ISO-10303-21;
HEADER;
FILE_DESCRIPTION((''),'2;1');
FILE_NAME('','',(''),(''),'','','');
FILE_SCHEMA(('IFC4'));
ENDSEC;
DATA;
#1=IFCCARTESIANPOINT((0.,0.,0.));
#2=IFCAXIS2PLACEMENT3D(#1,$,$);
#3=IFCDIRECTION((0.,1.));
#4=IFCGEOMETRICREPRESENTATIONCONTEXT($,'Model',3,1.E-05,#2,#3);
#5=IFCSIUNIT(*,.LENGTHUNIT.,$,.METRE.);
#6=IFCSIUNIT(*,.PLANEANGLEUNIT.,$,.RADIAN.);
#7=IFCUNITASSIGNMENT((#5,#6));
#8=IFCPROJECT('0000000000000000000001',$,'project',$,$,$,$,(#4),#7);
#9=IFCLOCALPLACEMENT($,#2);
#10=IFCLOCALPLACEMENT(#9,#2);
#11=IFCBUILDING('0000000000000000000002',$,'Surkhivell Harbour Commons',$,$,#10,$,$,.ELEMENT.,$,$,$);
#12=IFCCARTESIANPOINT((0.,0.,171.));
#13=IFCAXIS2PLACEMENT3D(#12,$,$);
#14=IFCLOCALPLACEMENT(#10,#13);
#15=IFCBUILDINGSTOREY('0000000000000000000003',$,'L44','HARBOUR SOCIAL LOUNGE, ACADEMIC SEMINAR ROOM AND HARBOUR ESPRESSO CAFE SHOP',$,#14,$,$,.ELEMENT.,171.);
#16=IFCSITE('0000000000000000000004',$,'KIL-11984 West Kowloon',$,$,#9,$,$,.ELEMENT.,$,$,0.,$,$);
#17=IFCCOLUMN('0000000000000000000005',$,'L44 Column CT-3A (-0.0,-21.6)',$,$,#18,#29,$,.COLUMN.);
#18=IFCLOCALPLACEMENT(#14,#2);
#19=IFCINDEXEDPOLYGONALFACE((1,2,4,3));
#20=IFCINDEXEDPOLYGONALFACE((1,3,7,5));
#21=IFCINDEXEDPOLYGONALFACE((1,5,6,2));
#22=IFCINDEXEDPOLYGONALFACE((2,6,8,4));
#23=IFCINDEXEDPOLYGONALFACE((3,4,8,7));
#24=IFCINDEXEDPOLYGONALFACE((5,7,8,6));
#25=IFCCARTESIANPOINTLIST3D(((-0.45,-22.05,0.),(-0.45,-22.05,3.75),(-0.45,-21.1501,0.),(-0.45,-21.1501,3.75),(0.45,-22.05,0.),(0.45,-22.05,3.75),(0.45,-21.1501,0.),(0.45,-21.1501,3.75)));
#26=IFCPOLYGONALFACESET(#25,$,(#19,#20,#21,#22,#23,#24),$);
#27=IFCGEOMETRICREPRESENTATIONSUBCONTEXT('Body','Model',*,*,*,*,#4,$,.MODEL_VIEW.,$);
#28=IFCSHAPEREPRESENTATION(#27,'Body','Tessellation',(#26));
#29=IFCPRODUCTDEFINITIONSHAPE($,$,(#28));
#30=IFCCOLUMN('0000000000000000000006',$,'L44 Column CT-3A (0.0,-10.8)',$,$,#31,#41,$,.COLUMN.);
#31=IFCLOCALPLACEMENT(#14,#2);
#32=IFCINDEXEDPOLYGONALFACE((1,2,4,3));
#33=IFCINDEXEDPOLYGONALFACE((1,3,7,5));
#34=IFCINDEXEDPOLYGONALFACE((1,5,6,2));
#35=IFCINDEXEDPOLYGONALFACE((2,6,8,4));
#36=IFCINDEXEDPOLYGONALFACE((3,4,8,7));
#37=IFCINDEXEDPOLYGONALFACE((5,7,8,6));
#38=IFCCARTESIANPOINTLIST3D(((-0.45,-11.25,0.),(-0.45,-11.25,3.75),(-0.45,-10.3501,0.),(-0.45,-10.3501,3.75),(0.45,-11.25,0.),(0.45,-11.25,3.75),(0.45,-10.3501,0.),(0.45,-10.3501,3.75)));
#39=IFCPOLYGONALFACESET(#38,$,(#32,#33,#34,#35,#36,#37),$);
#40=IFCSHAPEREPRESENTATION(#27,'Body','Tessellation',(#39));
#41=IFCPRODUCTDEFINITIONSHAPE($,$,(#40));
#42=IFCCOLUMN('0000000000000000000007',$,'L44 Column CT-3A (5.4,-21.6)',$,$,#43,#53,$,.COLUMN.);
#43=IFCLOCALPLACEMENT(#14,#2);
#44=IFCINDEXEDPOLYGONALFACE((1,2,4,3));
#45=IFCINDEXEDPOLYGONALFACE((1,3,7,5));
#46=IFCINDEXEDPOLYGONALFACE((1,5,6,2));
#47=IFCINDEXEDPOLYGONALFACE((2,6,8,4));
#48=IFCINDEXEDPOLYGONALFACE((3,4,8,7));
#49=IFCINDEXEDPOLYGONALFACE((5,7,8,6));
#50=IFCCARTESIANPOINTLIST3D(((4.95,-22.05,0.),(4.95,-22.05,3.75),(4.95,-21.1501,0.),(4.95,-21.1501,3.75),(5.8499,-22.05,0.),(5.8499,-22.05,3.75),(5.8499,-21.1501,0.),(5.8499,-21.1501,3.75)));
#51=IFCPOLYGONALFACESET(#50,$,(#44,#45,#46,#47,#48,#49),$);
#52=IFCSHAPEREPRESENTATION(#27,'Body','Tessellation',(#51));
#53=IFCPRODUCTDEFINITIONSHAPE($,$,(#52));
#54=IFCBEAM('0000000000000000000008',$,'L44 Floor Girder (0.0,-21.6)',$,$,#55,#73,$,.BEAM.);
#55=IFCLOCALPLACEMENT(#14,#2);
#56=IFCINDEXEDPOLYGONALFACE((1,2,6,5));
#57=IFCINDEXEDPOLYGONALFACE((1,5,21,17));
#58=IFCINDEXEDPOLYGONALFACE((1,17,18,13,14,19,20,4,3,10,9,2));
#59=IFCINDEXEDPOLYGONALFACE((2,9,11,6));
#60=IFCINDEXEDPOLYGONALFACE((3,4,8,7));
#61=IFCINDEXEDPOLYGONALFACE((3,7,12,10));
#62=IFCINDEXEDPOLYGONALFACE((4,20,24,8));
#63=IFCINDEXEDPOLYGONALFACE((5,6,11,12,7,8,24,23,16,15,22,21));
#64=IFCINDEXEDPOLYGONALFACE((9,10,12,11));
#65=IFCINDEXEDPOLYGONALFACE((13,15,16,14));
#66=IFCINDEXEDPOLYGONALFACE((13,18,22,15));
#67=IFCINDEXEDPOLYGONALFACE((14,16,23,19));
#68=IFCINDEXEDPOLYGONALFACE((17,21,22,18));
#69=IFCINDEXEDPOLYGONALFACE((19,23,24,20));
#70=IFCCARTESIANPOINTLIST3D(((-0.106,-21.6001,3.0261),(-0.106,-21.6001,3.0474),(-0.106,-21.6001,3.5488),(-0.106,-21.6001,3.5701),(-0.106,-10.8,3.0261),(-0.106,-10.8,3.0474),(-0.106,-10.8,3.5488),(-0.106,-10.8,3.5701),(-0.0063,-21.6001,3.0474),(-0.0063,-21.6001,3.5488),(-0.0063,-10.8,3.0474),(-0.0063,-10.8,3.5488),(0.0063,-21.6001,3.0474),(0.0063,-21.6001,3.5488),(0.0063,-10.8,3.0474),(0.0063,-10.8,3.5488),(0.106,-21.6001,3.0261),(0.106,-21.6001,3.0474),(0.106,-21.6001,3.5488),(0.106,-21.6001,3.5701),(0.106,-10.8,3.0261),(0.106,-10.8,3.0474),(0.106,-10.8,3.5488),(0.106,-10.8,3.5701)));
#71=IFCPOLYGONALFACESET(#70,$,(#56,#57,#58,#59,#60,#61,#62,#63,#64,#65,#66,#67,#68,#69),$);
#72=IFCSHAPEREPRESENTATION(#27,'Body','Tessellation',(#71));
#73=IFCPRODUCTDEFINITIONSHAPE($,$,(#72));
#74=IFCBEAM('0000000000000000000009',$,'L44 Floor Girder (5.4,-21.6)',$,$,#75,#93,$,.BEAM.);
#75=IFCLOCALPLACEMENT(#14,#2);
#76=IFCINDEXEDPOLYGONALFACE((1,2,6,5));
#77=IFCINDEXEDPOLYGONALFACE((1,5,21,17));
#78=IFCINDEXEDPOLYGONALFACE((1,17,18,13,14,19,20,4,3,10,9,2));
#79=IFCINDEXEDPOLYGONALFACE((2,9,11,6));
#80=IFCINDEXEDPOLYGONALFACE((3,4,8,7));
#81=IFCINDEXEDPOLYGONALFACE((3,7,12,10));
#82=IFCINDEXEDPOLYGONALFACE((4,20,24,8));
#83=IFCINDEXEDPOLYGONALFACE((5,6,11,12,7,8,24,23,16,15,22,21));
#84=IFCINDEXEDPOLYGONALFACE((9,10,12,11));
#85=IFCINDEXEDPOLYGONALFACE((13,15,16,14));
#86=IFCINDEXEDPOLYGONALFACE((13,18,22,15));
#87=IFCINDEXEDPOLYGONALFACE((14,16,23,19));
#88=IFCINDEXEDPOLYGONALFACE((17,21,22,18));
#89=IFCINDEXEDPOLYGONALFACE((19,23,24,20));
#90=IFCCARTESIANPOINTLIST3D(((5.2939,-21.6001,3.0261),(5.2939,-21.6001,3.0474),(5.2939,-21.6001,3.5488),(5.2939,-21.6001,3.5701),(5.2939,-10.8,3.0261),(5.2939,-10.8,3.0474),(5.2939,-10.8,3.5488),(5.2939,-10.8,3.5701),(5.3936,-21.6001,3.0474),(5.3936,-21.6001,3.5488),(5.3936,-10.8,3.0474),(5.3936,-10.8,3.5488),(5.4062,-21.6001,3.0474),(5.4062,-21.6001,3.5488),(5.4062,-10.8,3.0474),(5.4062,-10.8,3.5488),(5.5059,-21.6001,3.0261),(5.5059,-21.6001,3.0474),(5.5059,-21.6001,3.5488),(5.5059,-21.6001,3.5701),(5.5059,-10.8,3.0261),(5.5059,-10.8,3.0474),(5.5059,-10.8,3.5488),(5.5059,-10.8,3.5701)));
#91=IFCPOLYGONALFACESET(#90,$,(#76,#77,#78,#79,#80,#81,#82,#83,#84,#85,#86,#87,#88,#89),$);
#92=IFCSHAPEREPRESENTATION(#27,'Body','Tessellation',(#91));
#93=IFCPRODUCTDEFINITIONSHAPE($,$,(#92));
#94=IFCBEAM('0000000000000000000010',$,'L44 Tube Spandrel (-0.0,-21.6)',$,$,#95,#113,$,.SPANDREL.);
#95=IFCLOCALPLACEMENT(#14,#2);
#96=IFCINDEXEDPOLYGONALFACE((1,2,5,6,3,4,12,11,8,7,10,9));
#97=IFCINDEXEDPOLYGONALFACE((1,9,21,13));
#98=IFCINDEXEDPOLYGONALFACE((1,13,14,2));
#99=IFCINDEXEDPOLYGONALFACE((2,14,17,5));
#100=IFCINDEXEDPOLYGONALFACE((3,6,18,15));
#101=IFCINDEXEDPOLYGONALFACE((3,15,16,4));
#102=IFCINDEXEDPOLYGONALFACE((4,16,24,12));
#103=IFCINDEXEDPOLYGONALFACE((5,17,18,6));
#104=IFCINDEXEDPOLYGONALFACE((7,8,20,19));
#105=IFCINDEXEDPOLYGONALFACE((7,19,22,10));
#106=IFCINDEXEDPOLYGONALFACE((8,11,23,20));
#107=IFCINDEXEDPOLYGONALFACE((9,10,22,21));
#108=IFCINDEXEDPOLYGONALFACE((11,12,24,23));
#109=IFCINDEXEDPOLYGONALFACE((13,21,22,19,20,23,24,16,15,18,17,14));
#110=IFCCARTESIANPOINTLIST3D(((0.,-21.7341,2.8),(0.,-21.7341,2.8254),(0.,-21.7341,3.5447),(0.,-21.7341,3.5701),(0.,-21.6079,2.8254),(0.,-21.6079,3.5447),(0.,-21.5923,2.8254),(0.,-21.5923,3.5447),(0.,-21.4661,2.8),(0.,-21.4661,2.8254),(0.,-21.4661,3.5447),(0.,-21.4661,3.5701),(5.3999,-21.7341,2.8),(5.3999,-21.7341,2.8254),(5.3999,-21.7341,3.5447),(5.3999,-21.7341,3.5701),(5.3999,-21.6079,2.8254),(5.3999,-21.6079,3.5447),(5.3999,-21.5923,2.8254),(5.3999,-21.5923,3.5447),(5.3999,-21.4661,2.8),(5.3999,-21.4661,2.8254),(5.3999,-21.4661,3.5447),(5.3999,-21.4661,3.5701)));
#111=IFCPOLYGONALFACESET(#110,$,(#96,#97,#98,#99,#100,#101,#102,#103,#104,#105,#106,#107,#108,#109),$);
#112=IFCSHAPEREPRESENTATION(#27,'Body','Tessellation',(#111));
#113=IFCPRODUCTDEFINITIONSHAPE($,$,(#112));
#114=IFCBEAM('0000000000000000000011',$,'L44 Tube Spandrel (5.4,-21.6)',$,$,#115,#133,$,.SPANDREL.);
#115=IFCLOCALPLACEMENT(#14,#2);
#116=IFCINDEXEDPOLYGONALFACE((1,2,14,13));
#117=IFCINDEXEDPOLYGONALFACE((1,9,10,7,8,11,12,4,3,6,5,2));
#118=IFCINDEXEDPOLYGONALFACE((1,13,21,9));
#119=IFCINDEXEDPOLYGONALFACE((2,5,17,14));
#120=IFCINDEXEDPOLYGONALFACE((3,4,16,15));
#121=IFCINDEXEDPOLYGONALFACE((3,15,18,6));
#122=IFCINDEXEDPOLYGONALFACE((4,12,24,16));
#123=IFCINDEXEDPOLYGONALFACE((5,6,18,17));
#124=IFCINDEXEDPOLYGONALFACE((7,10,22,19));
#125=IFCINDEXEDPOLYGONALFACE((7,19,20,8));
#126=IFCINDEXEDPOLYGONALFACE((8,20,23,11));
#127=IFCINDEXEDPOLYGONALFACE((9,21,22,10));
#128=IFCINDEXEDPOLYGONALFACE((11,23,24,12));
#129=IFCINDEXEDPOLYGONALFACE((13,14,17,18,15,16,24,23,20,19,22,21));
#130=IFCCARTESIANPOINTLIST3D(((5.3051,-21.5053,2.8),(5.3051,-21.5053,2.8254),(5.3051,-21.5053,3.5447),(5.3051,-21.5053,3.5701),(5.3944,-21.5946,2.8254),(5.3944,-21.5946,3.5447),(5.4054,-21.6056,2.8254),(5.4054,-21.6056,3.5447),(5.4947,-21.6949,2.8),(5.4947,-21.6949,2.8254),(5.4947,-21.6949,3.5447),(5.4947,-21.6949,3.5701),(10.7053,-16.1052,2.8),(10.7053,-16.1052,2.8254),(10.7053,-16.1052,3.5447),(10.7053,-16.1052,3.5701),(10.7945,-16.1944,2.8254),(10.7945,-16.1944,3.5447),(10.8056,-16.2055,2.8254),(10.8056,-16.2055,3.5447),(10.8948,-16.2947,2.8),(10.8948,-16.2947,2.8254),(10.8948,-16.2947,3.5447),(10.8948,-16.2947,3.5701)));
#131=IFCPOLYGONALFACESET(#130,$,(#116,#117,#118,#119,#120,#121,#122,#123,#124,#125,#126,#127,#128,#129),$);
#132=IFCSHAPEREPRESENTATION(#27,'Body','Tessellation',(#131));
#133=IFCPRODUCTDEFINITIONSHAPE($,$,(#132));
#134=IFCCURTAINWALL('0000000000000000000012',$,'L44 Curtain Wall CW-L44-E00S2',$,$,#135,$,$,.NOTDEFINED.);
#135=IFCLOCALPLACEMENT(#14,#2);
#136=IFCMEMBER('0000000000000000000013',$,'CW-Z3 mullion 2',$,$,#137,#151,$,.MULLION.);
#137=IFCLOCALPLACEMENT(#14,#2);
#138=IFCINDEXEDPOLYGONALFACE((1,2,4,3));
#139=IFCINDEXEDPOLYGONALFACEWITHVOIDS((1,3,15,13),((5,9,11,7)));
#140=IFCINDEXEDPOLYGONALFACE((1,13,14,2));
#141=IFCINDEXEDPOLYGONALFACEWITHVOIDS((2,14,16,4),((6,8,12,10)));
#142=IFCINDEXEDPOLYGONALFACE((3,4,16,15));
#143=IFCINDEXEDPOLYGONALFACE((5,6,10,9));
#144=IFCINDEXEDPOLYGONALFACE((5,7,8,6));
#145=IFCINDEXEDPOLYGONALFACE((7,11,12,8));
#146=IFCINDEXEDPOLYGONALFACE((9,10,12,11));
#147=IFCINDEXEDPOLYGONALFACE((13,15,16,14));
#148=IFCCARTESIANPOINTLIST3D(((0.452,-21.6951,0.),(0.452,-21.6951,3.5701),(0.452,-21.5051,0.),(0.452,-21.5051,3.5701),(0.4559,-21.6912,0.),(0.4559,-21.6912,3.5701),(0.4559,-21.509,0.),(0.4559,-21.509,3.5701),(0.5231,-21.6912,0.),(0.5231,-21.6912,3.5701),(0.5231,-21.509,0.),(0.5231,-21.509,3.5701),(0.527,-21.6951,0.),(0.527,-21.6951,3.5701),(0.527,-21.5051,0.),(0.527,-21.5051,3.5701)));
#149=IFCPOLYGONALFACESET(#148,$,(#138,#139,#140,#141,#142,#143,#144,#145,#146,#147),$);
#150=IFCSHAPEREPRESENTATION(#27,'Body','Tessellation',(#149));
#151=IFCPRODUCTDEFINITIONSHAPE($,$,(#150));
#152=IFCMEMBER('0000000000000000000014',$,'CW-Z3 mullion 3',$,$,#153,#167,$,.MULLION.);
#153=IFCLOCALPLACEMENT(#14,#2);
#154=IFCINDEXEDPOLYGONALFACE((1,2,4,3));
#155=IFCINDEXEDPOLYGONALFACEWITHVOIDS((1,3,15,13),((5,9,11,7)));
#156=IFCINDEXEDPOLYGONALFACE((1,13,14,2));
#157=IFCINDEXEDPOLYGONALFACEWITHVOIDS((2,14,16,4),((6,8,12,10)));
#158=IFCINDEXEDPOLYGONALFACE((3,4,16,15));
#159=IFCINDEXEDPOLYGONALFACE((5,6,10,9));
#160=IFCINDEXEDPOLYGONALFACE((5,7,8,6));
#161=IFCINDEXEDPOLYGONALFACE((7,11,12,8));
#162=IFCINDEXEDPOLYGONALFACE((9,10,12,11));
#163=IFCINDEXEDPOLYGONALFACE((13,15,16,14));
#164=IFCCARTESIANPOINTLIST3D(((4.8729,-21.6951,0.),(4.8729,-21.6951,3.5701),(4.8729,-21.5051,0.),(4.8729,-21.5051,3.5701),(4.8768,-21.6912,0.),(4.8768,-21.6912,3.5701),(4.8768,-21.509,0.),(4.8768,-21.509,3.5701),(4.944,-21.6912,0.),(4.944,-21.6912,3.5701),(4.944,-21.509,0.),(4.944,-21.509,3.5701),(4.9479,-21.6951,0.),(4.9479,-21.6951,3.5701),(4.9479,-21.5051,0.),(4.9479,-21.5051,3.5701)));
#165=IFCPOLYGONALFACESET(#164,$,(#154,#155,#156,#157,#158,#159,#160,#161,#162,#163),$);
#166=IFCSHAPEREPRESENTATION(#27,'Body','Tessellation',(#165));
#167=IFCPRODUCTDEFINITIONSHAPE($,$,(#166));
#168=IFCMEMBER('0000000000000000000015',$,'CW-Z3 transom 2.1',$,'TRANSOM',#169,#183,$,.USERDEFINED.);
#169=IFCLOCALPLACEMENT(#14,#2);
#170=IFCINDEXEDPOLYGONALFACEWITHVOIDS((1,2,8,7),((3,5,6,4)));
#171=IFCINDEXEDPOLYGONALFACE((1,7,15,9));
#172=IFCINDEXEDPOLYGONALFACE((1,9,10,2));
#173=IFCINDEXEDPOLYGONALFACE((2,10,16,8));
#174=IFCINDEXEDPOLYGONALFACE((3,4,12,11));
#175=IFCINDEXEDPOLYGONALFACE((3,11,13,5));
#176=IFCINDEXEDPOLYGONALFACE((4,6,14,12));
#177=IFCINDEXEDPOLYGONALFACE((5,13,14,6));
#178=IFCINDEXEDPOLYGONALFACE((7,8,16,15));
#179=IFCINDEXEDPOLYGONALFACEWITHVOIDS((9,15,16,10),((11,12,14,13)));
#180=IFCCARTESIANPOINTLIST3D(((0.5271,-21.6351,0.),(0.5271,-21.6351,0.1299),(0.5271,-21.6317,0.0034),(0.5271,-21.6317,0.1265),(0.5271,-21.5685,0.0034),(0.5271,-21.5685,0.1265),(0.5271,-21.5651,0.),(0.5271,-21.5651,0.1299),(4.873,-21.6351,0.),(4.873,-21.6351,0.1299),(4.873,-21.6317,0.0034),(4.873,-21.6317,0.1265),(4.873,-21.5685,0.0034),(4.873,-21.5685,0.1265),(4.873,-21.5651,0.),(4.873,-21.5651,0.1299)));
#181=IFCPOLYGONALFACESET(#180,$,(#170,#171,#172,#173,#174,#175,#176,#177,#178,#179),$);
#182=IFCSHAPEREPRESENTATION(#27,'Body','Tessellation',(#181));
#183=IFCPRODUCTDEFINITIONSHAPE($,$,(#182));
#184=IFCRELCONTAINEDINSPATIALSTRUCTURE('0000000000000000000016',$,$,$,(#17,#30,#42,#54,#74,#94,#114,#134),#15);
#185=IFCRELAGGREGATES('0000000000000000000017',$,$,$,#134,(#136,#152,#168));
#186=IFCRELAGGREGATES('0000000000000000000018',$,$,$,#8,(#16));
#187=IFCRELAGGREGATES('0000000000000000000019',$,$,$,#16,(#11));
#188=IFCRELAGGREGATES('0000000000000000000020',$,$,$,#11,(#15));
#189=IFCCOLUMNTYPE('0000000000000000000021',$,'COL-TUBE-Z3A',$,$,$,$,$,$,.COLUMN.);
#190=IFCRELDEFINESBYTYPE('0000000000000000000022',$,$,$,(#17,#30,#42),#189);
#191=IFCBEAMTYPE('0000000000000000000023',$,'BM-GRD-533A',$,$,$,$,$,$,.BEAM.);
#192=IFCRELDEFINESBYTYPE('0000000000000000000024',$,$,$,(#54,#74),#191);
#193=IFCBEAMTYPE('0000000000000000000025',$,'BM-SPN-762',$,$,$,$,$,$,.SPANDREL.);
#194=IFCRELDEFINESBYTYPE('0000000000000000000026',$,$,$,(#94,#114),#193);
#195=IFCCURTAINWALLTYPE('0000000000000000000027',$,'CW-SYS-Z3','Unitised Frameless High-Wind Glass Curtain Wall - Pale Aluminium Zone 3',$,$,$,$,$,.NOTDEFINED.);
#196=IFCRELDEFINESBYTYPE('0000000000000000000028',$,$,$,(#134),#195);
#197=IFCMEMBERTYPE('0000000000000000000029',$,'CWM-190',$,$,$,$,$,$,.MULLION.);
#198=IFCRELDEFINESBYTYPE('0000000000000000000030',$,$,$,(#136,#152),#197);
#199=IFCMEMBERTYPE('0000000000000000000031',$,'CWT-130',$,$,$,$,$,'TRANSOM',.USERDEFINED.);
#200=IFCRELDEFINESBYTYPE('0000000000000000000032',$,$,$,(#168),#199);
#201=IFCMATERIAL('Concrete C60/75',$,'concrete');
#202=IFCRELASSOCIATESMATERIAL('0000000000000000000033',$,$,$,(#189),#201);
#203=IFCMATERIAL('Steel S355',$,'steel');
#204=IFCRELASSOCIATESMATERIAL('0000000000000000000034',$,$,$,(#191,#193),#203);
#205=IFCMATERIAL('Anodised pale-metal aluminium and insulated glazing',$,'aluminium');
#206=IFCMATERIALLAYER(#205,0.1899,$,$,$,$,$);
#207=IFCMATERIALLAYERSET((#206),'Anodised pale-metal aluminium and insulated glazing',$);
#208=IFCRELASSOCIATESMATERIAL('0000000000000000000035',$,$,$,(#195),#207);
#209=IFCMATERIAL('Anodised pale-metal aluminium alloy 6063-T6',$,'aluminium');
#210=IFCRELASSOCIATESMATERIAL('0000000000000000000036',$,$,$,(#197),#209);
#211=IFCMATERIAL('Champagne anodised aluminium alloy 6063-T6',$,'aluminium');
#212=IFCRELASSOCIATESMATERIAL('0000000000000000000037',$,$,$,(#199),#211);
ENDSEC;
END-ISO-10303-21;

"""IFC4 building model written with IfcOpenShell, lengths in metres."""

from ifc_helpers import new_model, si_unit, direction, frame, origin, origin_2d, place, context, subcontext, project, spatial, rectangle, hollow_rectangle, i_section, extrude, material, layer, layer_set, material_profile, profile_set, type_object, element, aggregate, save


model = new_model("IFC4")

# Units and contexts
model_context = context("Model", 3, precision=1e-05, world=origin(), true_north=direction((0.0, 1.0)))
body_context = subcontext(model_context, "Body", "Model", "MODEL_VIEW")
ifc_project = project(units=[si_unit("LENGTHUNIT", "METRE"), si_unit("PLANEANGLEUNIT", "RADIAN")], contexts=[model_context])

# Site, building, storey
site_placement = place(None, origin())
site = spatial("IfcSite", under=ifc_project, at=site_placement, Name="KIL-11984 West Kowloon", CompositionType="ELEMENT", RefElevation=0.0)
building_placement = place(site_placement, origin())
building = spatial("IfcBuilding", under=site, at=building_placement, Name="Surkhivell Harbour Commons", CompositionType="ELEMENT")
storey_placement = place(building_placement, frame((0.0, 0.0, 171.0)))
storey = spatial("IfcBuildingStorey", under=building, at=storey_placement, Name="L44", Description="HARBOUR SOCIAL LOUNGE, ACADEMIC SEMINAR ROOM AND HARBOUR ESPRESSO CAFE SHOP", CompositionType="ELEMENT", Elevation=171.0)

# Columns
ifc_material_1 = material(Name="Concrete C60/75", Category="concrete")
ifc_material_profile_1 = material_profile(ifc_material_1, rectangle(XDim=0.8999, YDim=0.8999, at=origin_2d()), Name="RC-COL-900x900")
ifc_profile_set_1 = profile_set([ifc_material_profile_1], Name="Concrete C60/75")
column_type = type_object("IfcColumnType", Name="COL-TUBE-Z3A", PredefinedType="COLUMN", material=ifc_profile_set_1)
for number, where, z_axis, x_axis, name in (
    (1, (0.0, -21.6001, 0.0), (0.0, 0.0, 1.0), (1.0, 0.0, 0.0), "L44 Column CT-3A (-0.0,-21.6)"),
    (2, (0.0, -10.8, 0.0), (0.0, 0.0, 1.0), (1.0, 0.0, 0.0), "L44 Column CT-3A (0.0,-10.8)"),
    (3, (5.3999, -21.6001, 0.0), (0.0, 0.0, 1.0), (1.0, 0.0, 0.0), "L44 Column CT-3A (5.4,-21.6)"),
):
    element("IfcColumn", number, at=place(storey_placement, frame(where, z_axis=z_axis, x_axis=x_axis)), inside=storey, type_object=column_type, Name=name, PredefinedType="COLUMN", context=body_context, shape_type="SweptSolid", body=[
        extrude(rectangle(XDim=0.8999, YDim=0.8999, at=origin_2d()), origin(), (0.0, 0.0, 1.0), 3.75),
    ])

# Beams
ifc_material_2 = material(Name="Steel S355", Category="steel")
ifc_material_profile_2 = material_profile(ifc_material_2, i_section(OverallWidth=0.2119, OverallDepth=0.5439, WebThickness=0.0127, FlangeThickness=0.0212, at=origin_2d()), Name="UB533x210x122")
ifc_profile_set_2 = profile_set([ifc_material_profile_2], Name="Steel S355")
beam_type_1 = type_object("IfcBeamType", Name="BM-GRD-533A", PredefinedType="BEAM", material=ifc_profile_set_2)
for number, where, z_axis, x_axis, name in (
    (4, (0.0, -21.6001, 3.2981), (0.0, 1.0, 0.0), (-1.0, 0.0, 0.0), "L44 Floor Girder (0.0,-21.6)"),
    (5, (5.3999, -21.6001, 3.2981), (0.0, 1.0, 0.0), (-1.0, 0.0, 0.0), "L44 Floor Girder (5.4,-21.6)"),
):
    element("IfcBeam", number, at=place(storey_placement, frame(where, z_axis=z_axis, x_axis=x_axis)), inside=storey, type_object=beam_type_1, Name=name, PredefinedType="BEAM", context=body_context, shape_type="SweptSolid", body=[
        extrude(i_section(OverallWidth=0.2119, OverallDepth=0.5439, WebThickness=0.0127, FlangeThickness=0.0212, at=origin_2d()), origin(), (0.0, 0.0, 1.0), 10.8),
    ])
ifc_material_profile_3 = material_profile(ifc_material_2, i_section(OverallWidth=0.2681, OverallDepth=0.77, WebThickness=0.0156, FlangeThickness=0.0254, at=origin_2d()), Name="UB762x267x197")
ifc_profile_set_3 = profile_set([ifc_material_profile_3], Name="Steel S355")
beam_type_2 = type_object("IfcBeamType", Name="BM-SPN-762", PredefinedType="SPANDREL", material=ifc_profile_set_3)
beam_1_placement = place(storey_placement, frame((0.0, -21.6001, 3.1851), z_axis=(1.0, 0.0, 0.0), x_axis=(0.0, 1.0, 0.0)))
element("IfcBeam", 6, at=beam_1_placement, inside=storey, type_object=beam_type_2, Name="L44 Tube Spandrel (-0.0,-21.6)", PredefinedType="SPANDREL", context=body_context, shape_type="SweptSolid", body=[
    extrude(i_section(OverallWidth=0.2681, OverallDepth=0.77, WebThickness=0.0156, FlangeThickness=0.0254, at=origin_2d()), origin(), (0.0, 0.0, 1.0), 5.3999),
])
beam_2_placement = place(storey_placement, frame((5.3999, -21.6001, 3.1851), z_axis=(0.707107, 0.707107, 0.0), x_axis=(-0.707107, 0.707107, 0.0)))
element("IfcBeam", 7, at=beam_2_placement, inside=storey, type_object=beam_type_2, Name="L44 Tube Spandrel (5.4,-21.6)", PredefinedType="SPANDREL", context=body_context, shape_type="SweptSolid", body=[
    extrude(i_section(OverallWidth=0.2681, OverallDepth=0.77, WebThickness=0.0156, FlangeThickness=0.0254, at=origin_2d()), origin(), (0.0, 0.0, 1.0), 7.637),
])

# Curtain wall, members
ifc_material_3 = material(Name="Anodised pale-metal aluminium and insulated glazing", Category="aluminium")
ifc_layer_1 = layer(ifc_material_3, 0.1899)
ifc_layer_set_1 = layer_set([ifc_layer_1], Name="Anodised pale-metal aluminium and insulated glazing")
curtain_wall_type = type_object("IfcCurtainWallType", Name="CW-SYS-Z3", Description="Unitised Frameless High-Wind Glass Curtain Wall - Pale Aluminium Zone 3", PredefinedType="NOTDEFINED", material=ifc_layer_set_1)
curtain_wall_placement = place(storey_placement, origin())
curtain_wall = element("IfcCurtainWall", 8, at=curtain_wall_placement, inside=storey, type_object=curtain_wall_type, Name="L44 Curtain Wall CW-L44-E00S2", PredefinedType="NOTDEFINED")
ifc_material_4 = material(Name="Anodised pale-metal aluminium alloy 6063-T6", Category="aluminium")
ifc_material_profile_4 = material_profile(ifc_material_4, hollow_rectangle(XDim=0.075, YDim=0.1899, WallThickness=0.0039, at=origin_2d()), Name="ALU-MULL-75x190")
ifc_profile_set_4 = profile_set([ifc_material_profile_4], Name="Anodised pale-metal aluminium alloy 6063-T6")
member_type_1 = type_object("IfcMemberType", Name="CWM-190", PredefinedType="MULLION", material=ifc_profile_set_4)
member_1_placement = place(storey_placement, frame((0.4895, -21.6001, 0.0), z_axis=(0.0, 0.0, 1.0), x_axis=(1.0, 0.0, 0.0)))
member_1 = element("IfcMember", 9, at=member_1_placement, type_object=member_type_1, Name="CW-Z3 mullion 2", PredefinedType="MULLION", context=body_context, shape_type="SweptSolid", body=[
    extrude(hollow_rectangle(XDim=0.075, YDim=0.1899, WallThickness=0.0039, at=origin_2d()), origin(), (0.0, 0.0, 1.0), 3.5701),
])
member_2_placement = place(storey_placement, frame((4.9104, -21.6001, 0.0), z_axis=(0.0, 0.0, 1.0), x_axis=(1.0, 0.0, 0.0)))
member_2 = element("IfcMember", 10, at=member_2_placement, type_object=member_type_1, Name="CW-Z3 mullion 3", PredefinedType="MULLION", context=body_context, shape_type="SweptSolid", body=[
    extrude(hollow_rectangle(XDim=0.075, YDim=0.1899, WallThickness=0.0039, at=origin_2d()), origin(), (0.0, 0.0, 1.0), 3.5701),
])
ifc_material_5 = material(Name="Champagne anodised aluminium alloy 6063-T6", Category="aluminium")
ifc_material_profile_5 = material_profile(ifc_material_5, hollow_rectangle(XDim=0.0701, YDim=0.1299, WallThickness=0.0034, at=origin_2d()), Name="ALU-TRAN-70x130")
ifc_profile_set_5 = profile_set([ifc_material_profile_5], Name="Champagne anodised aluminium alloy 6063-T6")
member_type_2 = type_object("IfcMemberType", Name="CWT-130", ElementType="TRANSOM", PredefinedType="USERDEFINED", material=ifc_profile_set_5)
member_3_placement = place(storey_placement, frame((0.5271, -21.6001, 0.0649), z_axis=(1.0, 0.0, 0.0), x_axis=(0.0, 1.0, 0.0)))
member_3 = element("IfcMember", 11, at=member_3_placement, type_object=member_type_2, Name="CW-Z3 transom 2.1", ObjectType="TRANSOM", PredefinedType="USERDEFINED", context=body_context, shape_type="SweptSolid", body=[
    extrude(hollow_rectangle(XDim=0.0701, YDim=0.1299, WallThickness=0.0034, at=origin_2d()), origin(), (0.0, 0.0, 1.0), 4.3459),
])
aggregate(curtain_wall, [member_1, member_2, member_3])

save(model, "model.ifc")
